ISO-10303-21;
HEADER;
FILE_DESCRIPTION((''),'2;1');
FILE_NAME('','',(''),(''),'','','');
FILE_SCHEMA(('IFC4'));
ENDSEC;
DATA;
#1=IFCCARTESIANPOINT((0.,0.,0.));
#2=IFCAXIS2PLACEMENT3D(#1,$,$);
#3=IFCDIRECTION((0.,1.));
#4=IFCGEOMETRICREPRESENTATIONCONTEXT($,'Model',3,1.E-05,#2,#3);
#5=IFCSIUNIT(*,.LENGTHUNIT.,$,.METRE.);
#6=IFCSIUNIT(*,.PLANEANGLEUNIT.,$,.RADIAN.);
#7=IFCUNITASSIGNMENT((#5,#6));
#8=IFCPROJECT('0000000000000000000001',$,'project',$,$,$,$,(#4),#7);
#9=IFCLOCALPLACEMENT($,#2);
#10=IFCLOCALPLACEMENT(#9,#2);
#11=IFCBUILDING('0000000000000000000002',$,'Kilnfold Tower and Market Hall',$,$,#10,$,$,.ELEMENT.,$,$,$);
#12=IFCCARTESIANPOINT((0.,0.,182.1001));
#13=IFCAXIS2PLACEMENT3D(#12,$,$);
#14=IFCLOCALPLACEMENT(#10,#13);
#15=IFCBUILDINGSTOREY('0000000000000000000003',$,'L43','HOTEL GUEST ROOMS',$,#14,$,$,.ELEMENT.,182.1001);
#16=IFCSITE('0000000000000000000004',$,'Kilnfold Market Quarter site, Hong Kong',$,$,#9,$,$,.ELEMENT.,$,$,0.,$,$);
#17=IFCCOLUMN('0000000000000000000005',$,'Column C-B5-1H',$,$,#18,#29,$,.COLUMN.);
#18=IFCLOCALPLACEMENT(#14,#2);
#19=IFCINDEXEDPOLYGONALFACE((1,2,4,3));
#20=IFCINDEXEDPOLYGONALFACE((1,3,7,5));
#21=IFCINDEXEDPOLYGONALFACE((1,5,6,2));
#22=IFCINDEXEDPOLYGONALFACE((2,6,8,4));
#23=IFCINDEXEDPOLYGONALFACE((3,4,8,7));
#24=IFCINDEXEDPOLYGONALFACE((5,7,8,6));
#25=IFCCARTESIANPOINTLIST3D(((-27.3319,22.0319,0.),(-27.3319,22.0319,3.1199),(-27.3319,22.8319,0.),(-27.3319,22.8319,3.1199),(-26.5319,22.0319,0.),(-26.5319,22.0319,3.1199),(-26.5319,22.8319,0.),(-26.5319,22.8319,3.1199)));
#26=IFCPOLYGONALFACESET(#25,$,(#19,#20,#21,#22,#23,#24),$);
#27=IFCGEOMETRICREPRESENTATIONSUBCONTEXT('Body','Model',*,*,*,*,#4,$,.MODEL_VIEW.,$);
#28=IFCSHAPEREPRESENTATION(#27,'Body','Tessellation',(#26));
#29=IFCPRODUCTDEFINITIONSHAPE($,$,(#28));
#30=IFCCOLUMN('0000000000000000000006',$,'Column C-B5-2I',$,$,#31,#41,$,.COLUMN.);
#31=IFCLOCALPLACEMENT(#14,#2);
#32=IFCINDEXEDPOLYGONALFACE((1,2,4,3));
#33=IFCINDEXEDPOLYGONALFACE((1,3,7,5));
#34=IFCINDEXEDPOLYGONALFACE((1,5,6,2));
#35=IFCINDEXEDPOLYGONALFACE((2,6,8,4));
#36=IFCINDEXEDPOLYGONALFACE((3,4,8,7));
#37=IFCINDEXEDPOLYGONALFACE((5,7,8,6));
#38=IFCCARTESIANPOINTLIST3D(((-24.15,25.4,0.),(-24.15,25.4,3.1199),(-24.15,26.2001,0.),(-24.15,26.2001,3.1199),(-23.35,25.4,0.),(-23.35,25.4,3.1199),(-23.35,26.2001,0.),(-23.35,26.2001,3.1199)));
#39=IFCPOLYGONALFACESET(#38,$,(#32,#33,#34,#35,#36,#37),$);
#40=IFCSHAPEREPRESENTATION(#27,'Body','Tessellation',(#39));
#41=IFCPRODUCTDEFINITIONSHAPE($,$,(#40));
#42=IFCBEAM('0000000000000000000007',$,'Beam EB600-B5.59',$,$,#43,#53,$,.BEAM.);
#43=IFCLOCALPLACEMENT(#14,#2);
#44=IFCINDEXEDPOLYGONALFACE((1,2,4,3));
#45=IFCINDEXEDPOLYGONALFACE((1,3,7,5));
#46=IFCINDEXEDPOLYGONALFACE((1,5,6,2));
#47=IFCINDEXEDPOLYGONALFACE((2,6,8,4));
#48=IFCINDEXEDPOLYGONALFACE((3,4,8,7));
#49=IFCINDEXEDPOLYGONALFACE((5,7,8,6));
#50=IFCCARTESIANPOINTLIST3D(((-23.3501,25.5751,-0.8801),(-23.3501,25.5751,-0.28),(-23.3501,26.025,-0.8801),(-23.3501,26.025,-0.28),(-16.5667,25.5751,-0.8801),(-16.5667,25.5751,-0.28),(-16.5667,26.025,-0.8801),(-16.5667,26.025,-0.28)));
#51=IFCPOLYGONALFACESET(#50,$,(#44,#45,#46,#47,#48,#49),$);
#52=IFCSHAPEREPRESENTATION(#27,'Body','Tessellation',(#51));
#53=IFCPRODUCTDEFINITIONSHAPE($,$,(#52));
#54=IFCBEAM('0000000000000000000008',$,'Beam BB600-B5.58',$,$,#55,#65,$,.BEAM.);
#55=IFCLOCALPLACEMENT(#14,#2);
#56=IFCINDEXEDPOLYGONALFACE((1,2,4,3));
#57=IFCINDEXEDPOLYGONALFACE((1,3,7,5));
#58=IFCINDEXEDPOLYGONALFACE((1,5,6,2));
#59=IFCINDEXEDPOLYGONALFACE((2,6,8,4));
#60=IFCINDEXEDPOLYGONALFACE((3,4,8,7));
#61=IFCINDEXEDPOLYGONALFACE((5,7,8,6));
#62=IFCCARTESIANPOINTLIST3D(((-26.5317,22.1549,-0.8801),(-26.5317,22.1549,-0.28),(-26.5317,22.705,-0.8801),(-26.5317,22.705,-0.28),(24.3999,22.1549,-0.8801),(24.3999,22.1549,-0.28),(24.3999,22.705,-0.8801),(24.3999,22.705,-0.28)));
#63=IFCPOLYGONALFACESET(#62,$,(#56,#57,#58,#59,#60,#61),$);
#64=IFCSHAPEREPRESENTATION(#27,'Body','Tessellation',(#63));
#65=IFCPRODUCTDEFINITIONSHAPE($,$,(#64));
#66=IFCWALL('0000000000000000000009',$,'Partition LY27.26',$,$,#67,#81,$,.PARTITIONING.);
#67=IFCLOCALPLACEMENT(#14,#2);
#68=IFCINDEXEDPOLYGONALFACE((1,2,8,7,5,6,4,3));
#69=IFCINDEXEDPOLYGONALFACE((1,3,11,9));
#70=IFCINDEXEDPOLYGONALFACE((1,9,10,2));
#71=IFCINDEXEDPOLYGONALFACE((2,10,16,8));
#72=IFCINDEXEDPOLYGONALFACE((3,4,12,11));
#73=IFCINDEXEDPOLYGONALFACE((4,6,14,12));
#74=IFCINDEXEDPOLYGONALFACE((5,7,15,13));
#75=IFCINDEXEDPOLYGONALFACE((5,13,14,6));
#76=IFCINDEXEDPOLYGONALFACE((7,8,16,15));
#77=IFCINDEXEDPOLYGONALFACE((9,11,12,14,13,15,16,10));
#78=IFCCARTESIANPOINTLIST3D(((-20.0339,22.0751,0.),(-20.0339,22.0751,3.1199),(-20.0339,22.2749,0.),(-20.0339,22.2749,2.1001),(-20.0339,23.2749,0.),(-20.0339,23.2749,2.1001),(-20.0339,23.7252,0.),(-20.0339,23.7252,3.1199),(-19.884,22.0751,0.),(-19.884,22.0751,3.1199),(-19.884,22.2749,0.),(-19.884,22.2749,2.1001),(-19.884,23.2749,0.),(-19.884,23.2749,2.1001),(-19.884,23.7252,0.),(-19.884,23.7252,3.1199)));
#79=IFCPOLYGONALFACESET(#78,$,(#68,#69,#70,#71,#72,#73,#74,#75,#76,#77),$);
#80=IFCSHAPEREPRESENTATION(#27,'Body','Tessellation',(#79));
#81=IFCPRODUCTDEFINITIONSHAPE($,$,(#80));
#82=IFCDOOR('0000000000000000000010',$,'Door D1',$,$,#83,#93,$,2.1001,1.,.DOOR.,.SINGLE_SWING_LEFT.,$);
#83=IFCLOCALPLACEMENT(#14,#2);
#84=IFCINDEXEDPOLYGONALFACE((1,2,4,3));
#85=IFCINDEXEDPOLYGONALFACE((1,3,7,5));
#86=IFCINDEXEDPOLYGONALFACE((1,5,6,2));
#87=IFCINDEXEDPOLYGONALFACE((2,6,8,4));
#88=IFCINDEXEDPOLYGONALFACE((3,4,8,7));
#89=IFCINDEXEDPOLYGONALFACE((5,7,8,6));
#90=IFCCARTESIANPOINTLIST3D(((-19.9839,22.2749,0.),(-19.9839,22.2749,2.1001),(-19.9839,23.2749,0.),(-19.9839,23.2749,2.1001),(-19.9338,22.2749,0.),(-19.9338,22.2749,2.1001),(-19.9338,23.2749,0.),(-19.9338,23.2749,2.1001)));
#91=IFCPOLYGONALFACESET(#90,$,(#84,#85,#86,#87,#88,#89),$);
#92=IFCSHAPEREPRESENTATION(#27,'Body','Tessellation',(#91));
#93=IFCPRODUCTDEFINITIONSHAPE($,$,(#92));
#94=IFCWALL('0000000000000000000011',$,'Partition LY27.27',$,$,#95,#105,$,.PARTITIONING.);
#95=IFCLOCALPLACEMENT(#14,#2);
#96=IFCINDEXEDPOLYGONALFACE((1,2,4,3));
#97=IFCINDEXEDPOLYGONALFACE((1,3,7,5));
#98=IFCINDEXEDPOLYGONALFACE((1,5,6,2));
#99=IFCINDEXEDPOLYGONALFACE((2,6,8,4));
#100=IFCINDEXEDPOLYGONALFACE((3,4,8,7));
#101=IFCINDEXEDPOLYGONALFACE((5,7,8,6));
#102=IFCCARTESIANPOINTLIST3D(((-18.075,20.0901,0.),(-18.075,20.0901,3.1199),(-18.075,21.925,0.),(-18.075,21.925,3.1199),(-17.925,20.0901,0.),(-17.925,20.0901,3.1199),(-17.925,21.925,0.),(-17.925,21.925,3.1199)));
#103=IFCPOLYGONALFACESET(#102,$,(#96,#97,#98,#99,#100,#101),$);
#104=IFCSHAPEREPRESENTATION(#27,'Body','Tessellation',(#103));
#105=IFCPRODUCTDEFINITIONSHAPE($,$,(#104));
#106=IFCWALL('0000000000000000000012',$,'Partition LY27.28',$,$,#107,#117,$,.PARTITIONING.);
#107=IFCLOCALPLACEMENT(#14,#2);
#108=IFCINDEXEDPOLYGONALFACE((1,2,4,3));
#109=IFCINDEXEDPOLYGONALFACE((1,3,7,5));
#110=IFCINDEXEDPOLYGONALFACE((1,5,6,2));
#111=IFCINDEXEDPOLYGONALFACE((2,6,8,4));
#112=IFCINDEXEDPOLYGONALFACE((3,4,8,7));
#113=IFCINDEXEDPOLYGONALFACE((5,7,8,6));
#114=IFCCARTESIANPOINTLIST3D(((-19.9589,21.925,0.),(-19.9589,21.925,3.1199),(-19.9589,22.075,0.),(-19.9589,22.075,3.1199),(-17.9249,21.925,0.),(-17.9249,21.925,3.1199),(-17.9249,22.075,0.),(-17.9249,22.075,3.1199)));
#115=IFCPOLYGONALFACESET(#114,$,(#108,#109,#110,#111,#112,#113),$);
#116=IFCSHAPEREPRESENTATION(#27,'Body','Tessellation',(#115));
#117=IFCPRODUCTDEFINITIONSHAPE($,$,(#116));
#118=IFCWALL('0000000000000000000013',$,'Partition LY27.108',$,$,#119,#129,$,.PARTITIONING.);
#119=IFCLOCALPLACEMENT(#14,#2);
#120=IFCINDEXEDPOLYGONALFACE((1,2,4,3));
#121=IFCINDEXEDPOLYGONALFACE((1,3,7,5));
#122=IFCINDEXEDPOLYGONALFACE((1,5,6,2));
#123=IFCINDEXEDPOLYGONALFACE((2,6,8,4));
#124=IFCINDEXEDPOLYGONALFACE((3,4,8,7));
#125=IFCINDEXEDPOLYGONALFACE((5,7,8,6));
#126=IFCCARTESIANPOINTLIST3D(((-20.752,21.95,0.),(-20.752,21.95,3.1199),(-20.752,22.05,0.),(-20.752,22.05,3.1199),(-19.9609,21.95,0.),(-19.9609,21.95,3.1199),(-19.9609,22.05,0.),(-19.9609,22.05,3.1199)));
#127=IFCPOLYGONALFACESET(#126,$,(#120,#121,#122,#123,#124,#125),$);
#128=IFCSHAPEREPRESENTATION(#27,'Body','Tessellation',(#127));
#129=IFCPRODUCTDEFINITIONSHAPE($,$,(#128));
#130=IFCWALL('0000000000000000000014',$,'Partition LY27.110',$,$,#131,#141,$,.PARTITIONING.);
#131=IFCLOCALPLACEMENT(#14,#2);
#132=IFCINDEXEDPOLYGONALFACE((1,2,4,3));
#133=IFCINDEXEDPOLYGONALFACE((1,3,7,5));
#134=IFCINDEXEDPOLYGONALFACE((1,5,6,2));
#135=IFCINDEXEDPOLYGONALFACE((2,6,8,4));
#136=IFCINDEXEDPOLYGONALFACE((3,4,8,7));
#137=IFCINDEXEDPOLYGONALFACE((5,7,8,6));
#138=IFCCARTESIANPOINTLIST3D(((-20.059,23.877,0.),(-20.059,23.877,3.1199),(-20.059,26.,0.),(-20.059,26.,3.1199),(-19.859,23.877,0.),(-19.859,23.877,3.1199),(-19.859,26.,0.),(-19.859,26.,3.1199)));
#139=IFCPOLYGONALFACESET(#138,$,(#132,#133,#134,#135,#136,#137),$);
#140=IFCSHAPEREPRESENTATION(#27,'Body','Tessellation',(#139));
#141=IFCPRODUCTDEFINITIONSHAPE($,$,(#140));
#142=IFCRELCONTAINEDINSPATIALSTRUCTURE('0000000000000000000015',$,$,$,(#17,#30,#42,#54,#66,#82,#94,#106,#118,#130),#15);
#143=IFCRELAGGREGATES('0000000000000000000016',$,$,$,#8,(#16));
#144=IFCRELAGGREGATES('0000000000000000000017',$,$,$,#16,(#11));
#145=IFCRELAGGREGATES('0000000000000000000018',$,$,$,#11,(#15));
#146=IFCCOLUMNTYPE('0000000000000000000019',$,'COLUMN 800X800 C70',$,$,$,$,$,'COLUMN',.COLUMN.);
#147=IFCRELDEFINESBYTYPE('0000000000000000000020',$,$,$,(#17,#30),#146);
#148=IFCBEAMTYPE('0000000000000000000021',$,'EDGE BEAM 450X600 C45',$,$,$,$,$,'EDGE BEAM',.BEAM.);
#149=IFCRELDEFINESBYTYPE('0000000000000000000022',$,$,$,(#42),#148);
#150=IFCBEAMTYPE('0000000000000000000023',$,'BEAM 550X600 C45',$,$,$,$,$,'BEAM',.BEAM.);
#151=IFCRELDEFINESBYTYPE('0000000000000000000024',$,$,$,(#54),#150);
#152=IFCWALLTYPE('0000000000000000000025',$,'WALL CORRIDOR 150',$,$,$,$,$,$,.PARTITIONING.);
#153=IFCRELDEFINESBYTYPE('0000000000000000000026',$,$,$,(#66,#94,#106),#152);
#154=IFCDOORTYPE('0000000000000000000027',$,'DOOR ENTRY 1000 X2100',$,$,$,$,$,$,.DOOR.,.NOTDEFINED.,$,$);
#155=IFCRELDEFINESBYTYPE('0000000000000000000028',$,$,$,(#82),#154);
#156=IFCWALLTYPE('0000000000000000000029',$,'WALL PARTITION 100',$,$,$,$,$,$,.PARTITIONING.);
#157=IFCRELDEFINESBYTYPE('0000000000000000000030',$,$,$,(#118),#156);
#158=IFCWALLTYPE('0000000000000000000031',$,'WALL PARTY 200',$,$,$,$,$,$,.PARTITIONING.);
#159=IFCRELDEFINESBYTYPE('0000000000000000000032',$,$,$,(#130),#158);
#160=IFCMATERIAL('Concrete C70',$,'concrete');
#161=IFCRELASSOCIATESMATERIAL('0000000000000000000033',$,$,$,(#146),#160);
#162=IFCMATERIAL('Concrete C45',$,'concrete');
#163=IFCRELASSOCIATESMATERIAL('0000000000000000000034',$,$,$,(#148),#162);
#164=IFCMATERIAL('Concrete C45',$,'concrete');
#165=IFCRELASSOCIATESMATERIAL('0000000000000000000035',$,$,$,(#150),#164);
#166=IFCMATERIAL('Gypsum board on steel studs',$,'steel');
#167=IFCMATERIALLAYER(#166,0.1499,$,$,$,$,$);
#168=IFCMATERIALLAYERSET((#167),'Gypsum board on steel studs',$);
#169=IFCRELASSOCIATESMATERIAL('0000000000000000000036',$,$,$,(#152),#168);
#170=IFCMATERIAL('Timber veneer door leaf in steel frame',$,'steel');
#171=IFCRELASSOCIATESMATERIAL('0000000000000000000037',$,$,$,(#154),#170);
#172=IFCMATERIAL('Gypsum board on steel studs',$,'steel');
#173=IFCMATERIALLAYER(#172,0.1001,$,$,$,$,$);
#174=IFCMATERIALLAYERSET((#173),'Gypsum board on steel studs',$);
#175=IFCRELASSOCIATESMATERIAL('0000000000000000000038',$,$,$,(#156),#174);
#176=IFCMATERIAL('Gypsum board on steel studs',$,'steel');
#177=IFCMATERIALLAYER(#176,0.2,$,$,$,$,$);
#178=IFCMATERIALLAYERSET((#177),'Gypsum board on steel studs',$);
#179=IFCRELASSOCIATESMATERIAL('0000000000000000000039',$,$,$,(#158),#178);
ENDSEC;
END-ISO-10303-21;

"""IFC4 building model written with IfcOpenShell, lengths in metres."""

from ifc_helpers import new_model, si_unit, direction, frame, frame_2d, origin, origin_2d, place, context, subcontext, project, spatial, rectangle, extrude, source, transform, mapped, material, layer, layer_set, material_profile, profile_set, type_object, element, fill, save


model = new_model("IFC4")

# Units and contexts
model_context = context("Model", 3, precision=1e-05, world=origin(), true_north=direction((0.0, 1.0)))
body_context = subcontext(model_context, "Body", "Model", "MODEL_VIEW")
ifc_project = project(units=[si_unit("LENGTHUNIT", "METRE"), si_unit("PLANEANGLEUNIT", "RADIAN")], contexts=[model_context])

# Site, building, storey
site_placement = place(None, origin())
site = spatial("IfcSite", under=ifc_project, at=site_placement, Name="Kilnfold Market Quarter site, Hong Kong", CompositionType="ELEMENT", RefElevation=0.0)
building_placement = place(site_placement, origin())
building = spatial("IfcBuilding", under=site, at=building_placement, Name="Kilnfold Tower and Market Hall", CompositionType="ELEMENT")
storey_placement = place(building_placement, frame((0.0, 0.0, 182.1001)))
storey = spatial("IfcBuildingStorey", under=building, at=storey_placement, Name="L43", Description="HOTEL GUEST ROOMS", CompositionType="ELEMENT", Elevation=182.1001)

# Columns
ifc_material_1 = material(Name="Concrete C70", Category="concrete")
ifc_material_profile_1 = material_profile(ifc_material_1, rectangle(XDim=0.8, YDim=0.8, at=origin_2d()), Name="RC 800x800")
ifc_profile_set_1 = profile_set([ifc_material_profile_1], Name="Concrete C70")
column_type = type_object("IfcColumnType", Name="COLUMN 800X800 C70", ElementType="COLUMN", PredefinedType="COLUMN", material=ifc_profile_set_1)
shared_shape_1 = source(origin(), body_context, "Body", "SweptSolid", [
    extrude(rectangle(XDim=0.8, YDim=0.8, at=origin_2d()), origin(), (0.0, 0.0, 1.0), 3.1199),
])
for number, where, z_axis, x_axis, name in (
    (1, (-26.9319, 22.4319, 0.0), (0.0, 0.0, 1.0), (1.0, 0.0, 0.0), "Column C-B5-1H"),
    (2, (-23.75, 25.8, 0.0), (0.0, 0.0, 1.0), (1.0, 0.0, 0.0), "Column C-B5-2I"),
):
    element("IfcColumn", number, at=place(storey_placement, frame(where, z_axis=z_axis, x_axis=x_axis)), inside=storey, type_object=column_type, Name=name, PredefinedType="COLUMN", context=body_context, shape_type="MappedRepresentation", body=[
        mapped(shared_shape_1, transform((0.0, 0.0, 0.0))),
    ])

# Beams
ifc_material_2 = material(Name="Concrete C45", Category="concrete")
ifc_material_profile_2 = material_profile(ifc_material_2, rectangle(XDim=0.45, YDim=0.6001, at=origin_2d()), Name="RC 450x600")
ifc_profile_set_2 = profile_set([ifc_material_profile_2], Name="Concrete C45")
beam_type_1 = type_object("IfcBeamType", Name="EDGE BEAM 450X600 C45", ElementType="EDGE BEAM", PredefinedType="BEAM", material=ifc_profile_set_2)
shared_shape_2 = source(origin(), body_context, "Body", "SweptSolid", [
    extrude(rectangle(XDim=0.45, YDim=0.6001, at=origin_2d()), origin(), (0.0, 0.0, 1.0), 6.7834),
])
beam_1_placement = place(storey_placement, frame((-23.3501, 25.8, -0.5801), z_axis=(1.0, 0.0, 0.0), x_axis=(0.0, 1.0, 0.0)))
element("IfcBeam", 3, at=beam_1_placement, inside=storey, type_object=beam_type_1, Name="Beam EB600-B5.59", PredefinedType="BEAM", context=body_context, shape_type="MappedRepresentation", body=[
    mapped(shared_shape_2, transform((0.0, 0.0, 0.0))),
])
ifc_material_3 = material(Name="Concrete C45", Category="concrete")
ifc_material_profile_3 = material_profile(ifc_material_3, rectangle(XDim=0.55, YDim=0.6001, at=origin_2d()), Name="RC 550x600")
ifc_profile_set_3 = profile_set([ifc_material_profile_3], Name="Concrete C45")
beam_type_2 = type_object("IfcBeamType", Name="BEAM 550X600 C45", ElementType="BEAM", PredefinedType="BEAM", material=ifc_profile_set_3)
shared_shape_3 = source(origin(), body_context, "Body", "SweptSolid", [
    extrude(rectangle(XDim=0.55, YDim=0.6001, at=origin_2d()), origin(), (0.0, 0.0, 1.0), 50.9316),
])
beam_2_placement = place(storey_placement, frame((-26.5317, 22.4299, -0.5801), z_axis=(1.0, 0.0, 0.0), x_axis=(0.0, 1.0, 0.0)))
element("IfcBeam", 4, at=beam_2_placement, inside=storey, type_object=beam_type_2, Name="Beam BB600-B5.58", PredefinedType="BEAM", context=body_context, shape_type="MappedRepresentation", body=[
    mapped(shared_shape_3, transform((0.0, 0.0, 0.0))),
])

# Wall, opening, door
ifc_material_4 = material(Name="Gypsum board on steel studs", Category="steel")
ifc_layer_1 = layer(ifc_material_4, 0.1499)
ifc_layer_set_1 = layer_set([ifc_layer_1], Name="Gypsum board on steel studs")
wall_type_1 = type_object("IfcWallType", Name="WALL CORRIDOR 150", PredefinedType="PARTITIONING", material=ifc_layer_set_1)
wall_1_placement = place(storey_placement, frame((-19.959, 22.075, 0.0), z_axis=(0.0, 0.0, 1.0), x_axis=(0.0, 1.0, 0.0)))
wall_1 = element("IfcWall", 5, at=wall_1_placement, inside=storey, type_object=wall_type_1, Name="Partition LY27.26", PredefinedType="PARTITIONING", context=body_context, shape_type="SweptSolid", body=[
    extrude(rectangle(XDim=1.6501, YDim=0.1499, at=frame_2d((0.8252, 0.0))), origin(), (0.0, 0.0, 1.0), 3.1199),
])
opening_1_placement = place(wall_1_placement, frame((0.2, 0.0, 0.0)))
opening_1 = element("IfcOpeningElement", 6, at=opening_1_placement, cuts=wall_1, PredefinedType="OPENING", context=body_context, shape_type="SweptSolid", body=[
    extrude(rectangle(XDim=1.0, YDim=2.1001, at=frame_2d((0.5, 1.05))), frame((0.0, 0.085, 0.0), z_axis=(0.0, -1.0, 0.0), x_axis=(1.0, 0.0, 0.0)), (0.0, 0.0, 1.0), 0.1699),
])
ifc_material_5 = material(Name="Timber veneer door leaf in steel frame", Category="steel")
door_type = type_object("IfcDoorType", Name="DOOR ENTRY 1000 X2100", OperationType="NOTDEFINED", PredefinedType="DOOR", material=ifc_material_5)
door_placement = place(opening_1_placement, origin())
door = element("IfcDoor", 7, at=door_placement, inside=storey, type_object=door_type, Name="Door D1", OperationType="SINGLE_SWING_LEFT", OverallHeight=2.1001, OverallWidth=1.0, PredefinedType="DOOR", context=body_context, shape_type="SweptSolid", body=[
    extrude(rectangle(XDim=1.0, YDim=2.1001, at=frame_2d((0.5, 1.05))), frame((0.0, 0.0249, 0.0), z_axis=(0.0, -1.0, 0.0), x_axis=(1.0, 0.0, 0.0)), (0.0, 0.0, 1.0), 0.05),
])
fill(opening_1, door)

# Walls
wall_2_placement = place(storey_placement, frame((-18.0, 20.0901, 0.0), z_axis=(0.0, 0.0, 1.0), x_axis=(0.0, 1.0, 0.0)))
element("IfcWall", 8, at=wall_2_placement, inside=storey, type_object=wall_type_1, Name="Partition LY27.27", PredefinedType="PARTITIONING", context=body_context, shape_type="SweptSolid", body=[
    extrude(rectangle(XDim=1.835, YDim=0.1499, at=frame_2d((0.9175, 0.0))), origin(), (0.0, 0.0, 1.0), 3.1199),
])
wall_3_placement = place(storey_placement, frame((-19.959, 22.0, 0.0), z_axis=(0.0, 0.0, 1.0), x_axis=(1.0, 0.0, 0.0)))
element("IfcWall", 9, at=wall_3_placement, inside=storey, type_object=wall_type_1, Name="Partition LY27.28", PredefinedType="PARTITIONING", context=body_context, shape_type="SweptSolid", body=[
    extrude(rectangle(XDim=2.0339, YDim=0.1499, at=frame_2d((1.0171, 0.0))), origin(), (0.0, 0.0, 1.0), 3.1199),
])
ifc_material_6 = material(Name="Gypsum board on steel studs", Category="steel")
ifc_layer_2 = layer(ifc_material_6, 0.1001)
ifc_layer_set_2 = layer_set([ifc_layer_2], Name="Gypsum board on steel studs")
wall_type_2 = type_object("IfcWallType", Name="WALL PARTITION 100", PredefinedType="PARTITIONING", material=ifc_layer_set_2)
wall_4_placement = place(storey_placement, frame((-20.752, 22.0, 0.0), z_axis=(0.0, 0.0, 1.0), x_axis=(1.0, 0.0, 0.0)))
element("IfcWall", 10, at=wall_4_placement, inside=storey, type_object=wall_type_2, Name="Partition LY27.108", PredefinedType="PARTITIONING", context=body_context, shape_type="SweptSolid", body=[
    extrude(rectangle(XDim=0.791, YDim=0.1001, at=frame_2d((0.3955, 0.0))), origin(), (0.0, 0.0, 1.0), 3.1199),
])
ifc_material_7 = material(Name="Gypsum board on steel studs", Category="steel")
ifc_layer_3 = layer(ifc_material_7, 0.2)
ifc_layer_set_3 = layer_set([ifc_layer_3], Name="Gypsum board on steel studs")
wall_type_3 = type_object("IfcWallType", Name="WALL PARTY 200", PredefinedType="PARTITIONING", material=ifc_layer_set_3)
wall_5_placement = place(storey_placement, frame((-19.959, 23.877, 0.0), z_axis=(0.0, 0.0, 1.0), x_axis=(0.0, 1.0, 0.0)))
element("IfcWall", 11, at=wall_5_placement, inside=storey, type_object=wall_type_3, Name="Partition LY27.110", PredefinedType="PARTITIONING", context=body_context, shape_type="SweptSolid", body=[
    extrude(rectangle(XDim=2.123, YDim=0.2, at=frame_2d((1.0615, 0.0))), origin(), (0.0, 0.0, 1.0), 3.1199),
])

save(model, "model.ifc")
